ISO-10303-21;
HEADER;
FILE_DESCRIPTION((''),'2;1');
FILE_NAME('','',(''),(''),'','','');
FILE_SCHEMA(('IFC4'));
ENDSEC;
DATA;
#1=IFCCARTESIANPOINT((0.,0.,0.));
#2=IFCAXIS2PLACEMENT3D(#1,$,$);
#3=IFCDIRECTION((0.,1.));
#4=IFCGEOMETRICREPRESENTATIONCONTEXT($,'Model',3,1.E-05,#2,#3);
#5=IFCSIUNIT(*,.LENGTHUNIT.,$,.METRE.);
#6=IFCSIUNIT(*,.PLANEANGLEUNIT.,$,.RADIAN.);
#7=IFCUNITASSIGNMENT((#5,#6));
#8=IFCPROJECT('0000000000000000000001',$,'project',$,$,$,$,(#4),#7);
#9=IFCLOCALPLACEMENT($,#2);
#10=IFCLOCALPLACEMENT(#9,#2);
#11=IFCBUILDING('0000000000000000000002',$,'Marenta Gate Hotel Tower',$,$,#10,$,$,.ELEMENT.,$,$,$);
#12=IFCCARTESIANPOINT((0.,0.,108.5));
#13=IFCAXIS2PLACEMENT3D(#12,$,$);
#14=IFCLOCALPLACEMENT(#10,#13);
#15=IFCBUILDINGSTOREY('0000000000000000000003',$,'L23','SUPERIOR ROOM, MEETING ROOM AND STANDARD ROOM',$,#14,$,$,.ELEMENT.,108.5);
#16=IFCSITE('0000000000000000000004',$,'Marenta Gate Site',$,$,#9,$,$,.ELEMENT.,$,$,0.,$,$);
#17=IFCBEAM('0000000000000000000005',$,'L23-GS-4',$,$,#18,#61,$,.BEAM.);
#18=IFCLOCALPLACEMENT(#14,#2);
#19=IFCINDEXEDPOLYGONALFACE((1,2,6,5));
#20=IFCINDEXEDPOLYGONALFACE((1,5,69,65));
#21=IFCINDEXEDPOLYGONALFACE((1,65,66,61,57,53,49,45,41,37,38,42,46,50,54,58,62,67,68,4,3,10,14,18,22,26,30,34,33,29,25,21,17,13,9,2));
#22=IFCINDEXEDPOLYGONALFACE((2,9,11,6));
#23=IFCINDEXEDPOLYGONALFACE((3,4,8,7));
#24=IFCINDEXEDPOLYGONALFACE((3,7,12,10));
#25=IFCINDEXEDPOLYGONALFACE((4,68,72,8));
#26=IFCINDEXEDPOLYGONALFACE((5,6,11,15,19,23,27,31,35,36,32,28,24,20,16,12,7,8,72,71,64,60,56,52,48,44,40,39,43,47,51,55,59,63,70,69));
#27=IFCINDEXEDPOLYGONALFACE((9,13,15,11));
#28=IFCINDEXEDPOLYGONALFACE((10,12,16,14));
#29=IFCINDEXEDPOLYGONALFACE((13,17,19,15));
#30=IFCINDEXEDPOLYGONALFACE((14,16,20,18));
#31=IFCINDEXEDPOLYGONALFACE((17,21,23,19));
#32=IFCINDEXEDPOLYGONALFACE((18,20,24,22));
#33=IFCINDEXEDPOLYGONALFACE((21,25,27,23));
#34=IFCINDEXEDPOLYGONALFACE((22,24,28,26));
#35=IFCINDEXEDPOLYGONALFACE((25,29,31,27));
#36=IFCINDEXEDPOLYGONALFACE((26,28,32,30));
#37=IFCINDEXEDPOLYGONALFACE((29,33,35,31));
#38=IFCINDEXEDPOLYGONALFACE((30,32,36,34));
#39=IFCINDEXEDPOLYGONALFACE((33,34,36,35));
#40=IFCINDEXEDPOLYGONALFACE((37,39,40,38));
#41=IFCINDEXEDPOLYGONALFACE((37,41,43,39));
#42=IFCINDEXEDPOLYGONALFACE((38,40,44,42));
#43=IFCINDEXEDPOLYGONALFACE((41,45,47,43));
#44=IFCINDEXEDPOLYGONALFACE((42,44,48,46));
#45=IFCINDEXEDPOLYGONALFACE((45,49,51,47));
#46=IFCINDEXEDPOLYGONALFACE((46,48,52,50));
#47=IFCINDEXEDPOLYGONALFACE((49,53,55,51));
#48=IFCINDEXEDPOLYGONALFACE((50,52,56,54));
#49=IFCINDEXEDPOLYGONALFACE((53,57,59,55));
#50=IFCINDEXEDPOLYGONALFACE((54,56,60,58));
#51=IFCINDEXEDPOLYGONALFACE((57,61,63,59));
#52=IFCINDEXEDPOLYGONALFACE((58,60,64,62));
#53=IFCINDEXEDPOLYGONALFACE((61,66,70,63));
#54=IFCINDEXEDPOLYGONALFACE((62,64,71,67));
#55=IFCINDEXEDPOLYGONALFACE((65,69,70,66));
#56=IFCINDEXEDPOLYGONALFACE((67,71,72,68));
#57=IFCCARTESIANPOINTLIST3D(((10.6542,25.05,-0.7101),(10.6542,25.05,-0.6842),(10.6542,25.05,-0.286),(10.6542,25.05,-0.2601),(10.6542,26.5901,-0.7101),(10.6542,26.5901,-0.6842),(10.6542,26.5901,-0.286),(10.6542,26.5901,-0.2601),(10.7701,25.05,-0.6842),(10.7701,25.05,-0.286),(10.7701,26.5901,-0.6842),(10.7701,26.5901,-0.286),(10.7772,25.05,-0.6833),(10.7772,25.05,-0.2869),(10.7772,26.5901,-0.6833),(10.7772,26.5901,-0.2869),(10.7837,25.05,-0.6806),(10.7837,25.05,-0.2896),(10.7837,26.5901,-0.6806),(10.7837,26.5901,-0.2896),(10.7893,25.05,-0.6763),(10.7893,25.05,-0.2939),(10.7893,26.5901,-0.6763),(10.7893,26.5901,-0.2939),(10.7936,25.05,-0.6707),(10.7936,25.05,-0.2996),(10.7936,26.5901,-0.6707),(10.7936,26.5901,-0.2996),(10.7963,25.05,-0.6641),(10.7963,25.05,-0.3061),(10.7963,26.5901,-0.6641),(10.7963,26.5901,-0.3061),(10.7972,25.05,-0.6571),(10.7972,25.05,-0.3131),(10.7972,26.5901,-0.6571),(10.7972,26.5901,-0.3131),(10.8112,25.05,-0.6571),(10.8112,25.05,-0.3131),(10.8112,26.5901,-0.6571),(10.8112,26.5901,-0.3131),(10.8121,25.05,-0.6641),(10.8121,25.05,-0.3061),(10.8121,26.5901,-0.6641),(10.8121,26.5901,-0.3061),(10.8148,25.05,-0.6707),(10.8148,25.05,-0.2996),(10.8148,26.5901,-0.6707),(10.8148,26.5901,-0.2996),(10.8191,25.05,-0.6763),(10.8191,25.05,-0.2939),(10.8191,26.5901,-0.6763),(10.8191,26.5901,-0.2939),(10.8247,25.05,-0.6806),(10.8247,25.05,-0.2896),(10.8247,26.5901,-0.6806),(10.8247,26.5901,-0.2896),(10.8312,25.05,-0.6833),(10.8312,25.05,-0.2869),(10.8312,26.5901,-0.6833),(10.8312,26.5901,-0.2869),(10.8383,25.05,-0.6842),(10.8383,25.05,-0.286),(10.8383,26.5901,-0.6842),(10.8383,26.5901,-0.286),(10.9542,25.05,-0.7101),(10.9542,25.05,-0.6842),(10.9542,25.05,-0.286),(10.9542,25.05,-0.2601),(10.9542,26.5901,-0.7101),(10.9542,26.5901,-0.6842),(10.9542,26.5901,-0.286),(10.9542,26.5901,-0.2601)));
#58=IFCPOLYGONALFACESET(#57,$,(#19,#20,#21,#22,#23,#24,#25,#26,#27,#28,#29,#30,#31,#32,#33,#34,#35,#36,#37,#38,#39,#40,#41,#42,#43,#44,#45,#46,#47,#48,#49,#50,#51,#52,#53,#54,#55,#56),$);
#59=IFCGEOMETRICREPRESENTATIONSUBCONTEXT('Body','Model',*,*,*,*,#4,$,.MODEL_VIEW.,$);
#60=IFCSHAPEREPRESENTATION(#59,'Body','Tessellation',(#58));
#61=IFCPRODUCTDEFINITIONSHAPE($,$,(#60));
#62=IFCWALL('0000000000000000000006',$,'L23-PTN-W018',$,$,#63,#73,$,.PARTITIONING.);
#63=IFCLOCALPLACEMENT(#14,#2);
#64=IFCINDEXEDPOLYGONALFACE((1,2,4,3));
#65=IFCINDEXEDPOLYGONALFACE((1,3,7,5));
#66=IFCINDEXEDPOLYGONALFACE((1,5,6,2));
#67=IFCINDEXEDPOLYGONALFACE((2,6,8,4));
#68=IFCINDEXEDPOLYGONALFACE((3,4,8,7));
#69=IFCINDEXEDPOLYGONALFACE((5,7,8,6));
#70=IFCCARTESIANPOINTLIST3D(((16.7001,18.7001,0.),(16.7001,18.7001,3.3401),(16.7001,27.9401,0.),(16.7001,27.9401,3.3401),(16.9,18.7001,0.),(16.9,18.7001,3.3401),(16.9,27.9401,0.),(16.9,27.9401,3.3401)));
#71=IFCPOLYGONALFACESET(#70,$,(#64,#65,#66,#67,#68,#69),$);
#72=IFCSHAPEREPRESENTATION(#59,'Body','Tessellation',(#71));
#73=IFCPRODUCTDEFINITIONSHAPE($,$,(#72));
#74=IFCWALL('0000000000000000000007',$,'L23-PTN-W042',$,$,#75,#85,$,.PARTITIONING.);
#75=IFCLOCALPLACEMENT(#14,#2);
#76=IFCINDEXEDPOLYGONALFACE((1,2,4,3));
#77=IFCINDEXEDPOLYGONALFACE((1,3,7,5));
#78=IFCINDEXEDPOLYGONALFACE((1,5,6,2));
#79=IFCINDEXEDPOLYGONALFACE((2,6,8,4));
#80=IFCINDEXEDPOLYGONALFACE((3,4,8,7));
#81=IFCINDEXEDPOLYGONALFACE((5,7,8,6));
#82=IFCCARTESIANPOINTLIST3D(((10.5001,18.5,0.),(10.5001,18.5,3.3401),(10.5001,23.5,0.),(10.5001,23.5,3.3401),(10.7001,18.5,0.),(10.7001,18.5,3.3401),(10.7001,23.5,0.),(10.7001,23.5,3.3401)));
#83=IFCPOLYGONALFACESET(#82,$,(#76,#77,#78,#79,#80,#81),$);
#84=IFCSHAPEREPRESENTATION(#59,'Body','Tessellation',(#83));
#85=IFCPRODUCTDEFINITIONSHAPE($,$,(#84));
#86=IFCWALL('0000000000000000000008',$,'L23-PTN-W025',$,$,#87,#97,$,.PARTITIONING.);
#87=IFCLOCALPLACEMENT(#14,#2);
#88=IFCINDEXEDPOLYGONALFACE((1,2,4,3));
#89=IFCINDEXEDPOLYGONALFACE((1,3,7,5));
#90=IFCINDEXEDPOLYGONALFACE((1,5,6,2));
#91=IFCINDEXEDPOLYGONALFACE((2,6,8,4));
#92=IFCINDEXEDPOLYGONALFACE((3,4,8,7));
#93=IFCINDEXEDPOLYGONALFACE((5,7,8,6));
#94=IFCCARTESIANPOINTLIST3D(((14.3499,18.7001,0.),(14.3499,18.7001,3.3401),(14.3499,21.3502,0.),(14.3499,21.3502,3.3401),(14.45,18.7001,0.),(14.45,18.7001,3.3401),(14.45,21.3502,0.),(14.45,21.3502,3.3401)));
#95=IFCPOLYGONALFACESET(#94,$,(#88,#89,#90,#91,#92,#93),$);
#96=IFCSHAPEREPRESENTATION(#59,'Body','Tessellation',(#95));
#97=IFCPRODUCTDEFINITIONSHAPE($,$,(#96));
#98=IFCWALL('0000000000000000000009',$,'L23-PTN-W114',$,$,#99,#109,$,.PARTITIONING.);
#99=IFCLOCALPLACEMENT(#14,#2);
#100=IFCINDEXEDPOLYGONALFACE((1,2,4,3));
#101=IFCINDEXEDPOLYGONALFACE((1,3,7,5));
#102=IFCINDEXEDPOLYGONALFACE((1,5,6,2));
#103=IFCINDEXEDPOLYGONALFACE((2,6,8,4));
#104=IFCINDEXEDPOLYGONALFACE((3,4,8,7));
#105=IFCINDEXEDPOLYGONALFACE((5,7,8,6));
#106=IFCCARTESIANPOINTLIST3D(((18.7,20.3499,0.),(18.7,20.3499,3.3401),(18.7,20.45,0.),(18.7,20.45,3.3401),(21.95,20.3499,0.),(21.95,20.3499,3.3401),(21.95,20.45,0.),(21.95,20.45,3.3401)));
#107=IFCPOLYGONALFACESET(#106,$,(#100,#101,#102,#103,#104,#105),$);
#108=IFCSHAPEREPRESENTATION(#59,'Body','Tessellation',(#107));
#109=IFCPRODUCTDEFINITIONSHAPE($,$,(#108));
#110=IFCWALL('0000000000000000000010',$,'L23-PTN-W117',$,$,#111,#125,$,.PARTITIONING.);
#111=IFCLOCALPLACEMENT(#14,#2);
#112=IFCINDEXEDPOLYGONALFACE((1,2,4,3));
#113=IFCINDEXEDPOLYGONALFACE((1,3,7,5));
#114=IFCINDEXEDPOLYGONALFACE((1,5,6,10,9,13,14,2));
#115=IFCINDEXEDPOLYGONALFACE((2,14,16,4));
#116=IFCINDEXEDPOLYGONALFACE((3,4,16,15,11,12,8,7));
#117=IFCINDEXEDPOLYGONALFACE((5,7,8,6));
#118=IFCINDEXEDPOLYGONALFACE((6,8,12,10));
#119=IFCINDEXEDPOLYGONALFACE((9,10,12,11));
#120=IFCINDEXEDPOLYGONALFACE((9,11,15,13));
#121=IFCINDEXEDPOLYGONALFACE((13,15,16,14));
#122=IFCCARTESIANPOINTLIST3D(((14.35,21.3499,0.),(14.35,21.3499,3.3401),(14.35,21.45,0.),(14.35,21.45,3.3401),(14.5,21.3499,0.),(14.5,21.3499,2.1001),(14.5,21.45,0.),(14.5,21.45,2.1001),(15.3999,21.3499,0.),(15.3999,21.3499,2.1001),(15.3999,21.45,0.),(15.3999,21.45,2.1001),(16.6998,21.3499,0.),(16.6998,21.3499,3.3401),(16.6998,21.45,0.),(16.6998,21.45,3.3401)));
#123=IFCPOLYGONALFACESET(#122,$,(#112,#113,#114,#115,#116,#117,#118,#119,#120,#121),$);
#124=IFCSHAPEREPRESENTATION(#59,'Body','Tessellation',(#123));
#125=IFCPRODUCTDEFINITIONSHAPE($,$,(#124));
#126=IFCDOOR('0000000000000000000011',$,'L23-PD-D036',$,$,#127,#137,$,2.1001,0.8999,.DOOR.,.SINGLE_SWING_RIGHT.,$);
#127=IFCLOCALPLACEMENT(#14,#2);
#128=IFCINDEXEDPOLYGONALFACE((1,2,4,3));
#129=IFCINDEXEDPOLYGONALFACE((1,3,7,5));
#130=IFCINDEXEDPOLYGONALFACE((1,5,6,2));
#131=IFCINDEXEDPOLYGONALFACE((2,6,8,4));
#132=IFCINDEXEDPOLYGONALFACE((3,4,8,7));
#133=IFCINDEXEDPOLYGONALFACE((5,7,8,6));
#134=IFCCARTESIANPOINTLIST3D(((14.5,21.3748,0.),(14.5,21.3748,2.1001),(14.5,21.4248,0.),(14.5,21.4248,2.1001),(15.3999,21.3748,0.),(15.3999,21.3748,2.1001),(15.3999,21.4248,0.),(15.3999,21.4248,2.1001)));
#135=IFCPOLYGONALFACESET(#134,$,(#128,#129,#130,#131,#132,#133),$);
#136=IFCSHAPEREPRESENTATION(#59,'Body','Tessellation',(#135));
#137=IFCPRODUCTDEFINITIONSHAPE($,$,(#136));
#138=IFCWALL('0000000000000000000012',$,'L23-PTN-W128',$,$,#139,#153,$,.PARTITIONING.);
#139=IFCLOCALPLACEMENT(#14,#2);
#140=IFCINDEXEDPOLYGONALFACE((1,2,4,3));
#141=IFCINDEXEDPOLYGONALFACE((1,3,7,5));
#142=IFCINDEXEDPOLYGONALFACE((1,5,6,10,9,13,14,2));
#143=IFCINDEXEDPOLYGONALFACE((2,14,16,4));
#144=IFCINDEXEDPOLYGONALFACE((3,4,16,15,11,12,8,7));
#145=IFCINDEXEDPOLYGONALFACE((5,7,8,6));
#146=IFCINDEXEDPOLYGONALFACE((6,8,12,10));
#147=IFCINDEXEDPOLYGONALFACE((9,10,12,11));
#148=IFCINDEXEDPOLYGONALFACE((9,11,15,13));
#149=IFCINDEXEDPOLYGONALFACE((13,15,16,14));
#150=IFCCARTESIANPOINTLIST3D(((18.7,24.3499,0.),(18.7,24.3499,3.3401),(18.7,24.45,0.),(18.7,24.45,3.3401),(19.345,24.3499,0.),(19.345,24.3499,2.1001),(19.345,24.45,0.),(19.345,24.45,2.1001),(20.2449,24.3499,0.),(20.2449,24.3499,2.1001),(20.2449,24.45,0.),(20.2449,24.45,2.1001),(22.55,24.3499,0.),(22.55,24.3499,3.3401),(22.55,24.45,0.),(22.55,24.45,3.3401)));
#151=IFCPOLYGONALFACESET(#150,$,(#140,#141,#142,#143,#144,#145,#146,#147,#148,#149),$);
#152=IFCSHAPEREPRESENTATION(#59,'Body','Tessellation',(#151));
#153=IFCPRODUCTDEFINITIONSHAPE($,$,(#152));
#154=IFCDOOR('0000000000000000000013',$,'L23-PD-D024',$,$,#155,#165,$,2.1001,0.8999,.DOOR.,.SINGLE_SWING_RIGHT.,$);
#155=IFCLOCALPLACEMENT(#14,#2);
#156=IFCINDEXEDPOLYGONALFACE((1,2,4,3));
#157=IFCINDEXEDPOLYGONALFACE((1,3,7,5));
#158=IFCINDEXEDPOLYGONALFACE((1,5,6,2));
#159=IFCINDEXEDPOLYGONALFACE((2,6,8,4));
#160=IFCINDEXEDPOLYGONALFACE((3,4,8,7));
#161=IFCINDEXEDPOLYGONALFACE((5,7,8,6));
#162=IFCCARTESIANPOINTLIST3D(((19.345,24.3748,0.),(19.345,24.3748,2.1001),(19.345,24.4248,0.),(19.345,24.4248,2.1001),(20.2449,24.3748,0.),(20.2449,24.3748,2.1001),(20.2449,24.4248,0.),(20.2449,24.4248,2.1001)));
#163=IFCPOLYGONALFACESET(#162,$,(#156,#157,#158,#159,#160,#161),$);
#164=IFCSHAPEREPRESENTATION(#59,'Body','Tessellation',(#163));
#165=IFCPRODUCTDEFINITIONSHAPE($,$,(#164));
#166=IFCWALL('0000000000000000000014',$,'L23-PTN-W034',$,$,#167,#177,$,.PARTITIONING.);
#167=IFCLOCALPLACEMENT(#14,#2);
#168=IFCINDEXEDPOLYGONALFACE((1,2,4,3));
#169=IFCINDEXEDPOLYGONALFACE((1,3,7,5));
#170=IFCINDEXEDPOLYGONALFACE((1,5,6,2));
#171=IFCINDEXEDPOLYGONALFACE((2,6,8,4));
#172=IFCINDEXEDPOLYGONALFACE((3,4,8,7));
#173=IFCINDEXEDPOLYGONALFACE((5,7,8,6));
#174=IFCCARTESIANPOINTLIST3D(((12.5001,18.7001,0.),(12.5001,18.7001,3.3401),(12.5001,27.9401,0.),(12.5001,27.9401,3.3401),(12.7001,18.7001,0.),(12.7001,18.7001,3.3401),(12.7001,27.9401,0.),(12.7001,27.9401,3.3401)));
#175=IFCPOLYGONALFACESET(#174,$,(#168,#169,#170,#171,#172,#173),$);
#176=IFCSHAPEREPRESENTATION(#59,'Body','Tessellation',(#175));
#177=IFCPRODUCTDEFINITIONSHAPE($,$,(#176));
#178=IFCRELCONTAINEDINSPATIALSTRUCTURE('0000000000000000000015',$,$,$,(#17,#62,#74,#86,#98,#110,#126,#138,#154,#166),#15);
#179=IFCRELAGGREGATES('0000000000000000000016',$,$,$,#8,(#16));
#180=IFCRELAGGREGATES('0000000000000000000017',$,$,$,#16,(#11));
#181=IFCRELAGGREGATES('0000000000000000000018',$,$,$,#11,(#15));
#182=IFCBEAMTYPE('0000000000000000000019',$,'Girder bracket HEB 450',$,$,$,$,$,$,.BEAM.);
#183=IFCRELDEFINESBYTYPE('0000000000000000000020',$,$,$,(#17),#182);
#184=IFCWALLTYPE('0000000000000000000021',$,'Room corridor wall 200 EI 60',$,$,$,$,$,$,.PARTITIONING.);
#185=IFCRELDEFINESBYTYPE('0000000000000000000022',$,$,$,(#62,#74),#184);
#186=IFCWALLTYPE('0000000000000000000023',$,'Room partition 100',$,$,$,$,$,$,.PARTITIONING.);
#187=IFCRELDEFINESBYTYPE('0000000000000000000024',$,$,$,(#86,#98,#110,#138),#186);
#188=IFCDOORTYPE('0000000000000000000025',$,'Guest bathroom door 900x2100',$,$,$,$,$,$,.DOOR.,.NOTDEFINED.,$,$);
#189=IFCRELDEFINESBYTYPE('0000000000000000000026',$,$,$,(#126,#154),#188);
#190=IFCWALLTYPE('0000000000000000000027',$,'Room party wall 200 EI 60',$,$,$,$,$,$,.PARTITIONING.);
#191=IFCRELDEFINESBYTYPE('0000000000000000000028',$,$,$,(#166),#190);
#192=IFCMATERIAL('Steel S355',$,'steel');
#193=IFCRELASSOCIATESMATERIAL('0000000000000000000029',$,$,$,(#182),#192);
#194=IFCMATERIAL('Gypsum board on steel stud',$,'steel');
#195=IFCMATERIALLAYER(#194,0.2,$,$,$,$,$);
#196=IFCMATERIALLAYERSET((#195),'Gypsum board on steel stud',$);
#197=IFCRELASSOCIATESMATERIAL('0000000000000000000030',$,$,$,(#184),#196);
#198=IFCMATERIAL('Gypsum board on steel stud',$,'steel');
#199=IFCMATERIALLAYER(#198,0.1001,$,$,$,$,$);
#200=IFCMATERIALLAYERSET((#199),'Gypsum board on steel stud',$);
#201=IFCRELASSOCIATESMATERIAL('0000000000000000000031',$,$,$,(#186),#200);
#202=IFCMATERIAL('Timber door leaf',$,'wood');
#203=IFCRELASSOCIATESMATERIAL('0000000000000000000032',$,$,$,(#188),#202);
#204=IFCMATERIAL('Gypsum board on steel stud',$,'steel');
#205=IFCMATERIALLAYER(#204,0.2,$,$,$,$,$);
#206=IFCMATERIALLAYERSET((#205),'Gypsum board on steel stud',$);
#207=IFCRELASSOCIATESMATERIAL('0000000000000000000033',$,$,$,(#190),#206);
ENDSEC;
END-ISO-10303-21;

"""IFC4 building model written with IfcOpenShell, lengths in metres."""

from ifc_helpers import new_model, si_unit, direction, frame, frame_2d, origin, origin_2d, place, context, subcontext, project, spatial, rectangle, i_section, extrude, material, layer, layer_set, material_profile, profile_set, type_object, element, fill, save


model = new_model("IFC4")

# Units and contexts
model_context = context("Model", 3, precision=1e-05, world=origin(), true_north=direction((0.0, 1.0)))
body_context = subcontext(model_context, "Body", "Model", "MODEL_VIEW")
ifc_project = project(units=[si_unit("LENGTHUNIT", "METRE"), si_unit("PLANEANGLEUNIT", "RADIAN")], contexts=[model_context])

# Site, building, storey
site_placement = place(None, origin())
site = spatial("IfcSite", under=ifc_project, at=site_placement, Name="Marenta Gate Site", CompositionType="ELEMENT", RefElevation=0.0)
building_placement = place(site_placement, origin())
building = spatial("IfcBuilding", under=site, at=building_placement, Name="Marenta Gate Hotel Tower", CompositionType="ELEMENT")
storey_placement = place(building_placement, frame((0.0, 0.0, 108.5)))
storey = spatial("IfcBuildingStorey", under=building, at=storey_placement, Name="L23", Description="SUPERIOR ROOM, MEETING ROOM AND STANDARD ROOM", CompositionType="ELEMENT", Elevation=108.5)

# Beam
ifc_material_1 = material(Name="Steel S355", Category="steel")
ifc_material_profile_1 = material_profile(ifc_material_1, i_section(OverallWidth=0.3, OverallDepth=0.45, WebThickness=0.0139, FlangeThickness=0.0259, FilletRadius=0.0271, at=origin_2d()), Name="HEB 450")
ifc_profile_set_1 = profile_set([ifc_material_profile_1], Name="Steel S355")
beam_type_1 = type_object("IfcBeamType", Name="Girder bracket HEB 450", PredefinedType="BEAM", material=ifc_profile_set_1)
beam_1_placement = place(storey_placement, frame((10.8042, 25.05, -0.4851), z_axis=(0.0, 1.0, 0.0), x_axis=(-1.0, 0.0, 0.0)))
element("IfcBeam", 1, at=beam_1_placement, inside=storey, type_object=beam_type_1, Name="L23-GS-4", PredefinedType="BEAM", context=body_context, shape_type="SweptSolid", body=[
    extrude(i_section(OverallWidth=0.3, OverallDepth=0.45, WebThickness=0.0139, FlangeThickness=0.0259, FilletRadius=0.0271, at=origin_2d()), origin(), (0.0, 0.0, 1.0), 1.54),
])

# Walls
ifc_material_2 = material(Name="Gypsum board on steel stud", Category="steel")
ifc_layer_1 = layer(ifc_material_2, 0.2)
ifc_layer_set_1 = layer_set([ifc_layer_1], Name="Gypsum board on steel stud")
wall_type_1 = type_object("IfcWallType", Name="Room corridor wall 200 EI 60", PredefinedType="PARTITIONING", material=ifc_layer_set_1)
wall_1_placement = place(storey_placement, frame((16.8, 18.7, 0.0), z_axis=(0.0, 0.0, 1.0), x_axis=(0.0, 1.0, 0.0)))
element("IfcWall", 2, at=wall_1_placement, inside=storey, type_object=wall_type_1, Name="L23-PTN-W018", PredefinedType="PARTITIONING", context=body_context, shape_type="SweptSolid", body=[
    extrude(rectangle(XDim=9.24, YDim=0.2, at=frame_2d((4.6201, 0.0))), origin(), (0.0, 0.0, 1.0), 3.3401),
])
wall_2_placement = place(storey_placement, frame((10.6001, 18.5, 0.0), z_axis=(0.0, 0.0, 1.0), x_axis=(0.0, 1.0, 0.0)))
element("IfcWall", 3, at=wall_2_placement, inside=storey, type_object=wall_type_1, Name="L23-PTN-W042", PredefinedType="PARTITIONING", context=body_context, shape_type="SweptSolid", body=[
    extrude(rectangle(XDim=5.0, YDim=0.2, at=frame_2d((2.5, 0.0))), origin(), (0.0, 0.0, 1.0), 3.3401),
])

# Walls
ifc_material_3 = material(Name="Gypsum board on steel stud", Category="steel")
ifc_layer_2 = layer(ifc_material_3, 0.1001)
ifc_layer_set_2 = layer_set([ifc_layer_2], Name="Gypsum board on steel stud")
wall_type_2 = type_object("IfcWallType", Name="Room partition 100", PredefinedType="PARTITIONING", material=ifc_layer_set_2)
wall_3_placement = place(storey_placement, frame((14.3999, 18.7, 0.0), z_axis=(0.0, 0.0, 1.0), x_axis=(0.0, 1.0, 0.0)))
element("IfcWall", 4, at=wall_3_placement, inside=storey, type_object=wall_type_2, Name="L23-PTN-W025", PredefinedType="PARTITIONING", context=body_context, shape_type="SweptSolid", body=[
    extrude(rectangle(XDim=2.6501, YDim=0.1001, at=frame_2d((1.3252, 0.0))), origin(), (0.0, 0.0, 1.0), 3.3401),
])
wall_4_placement = place(storey_placement, frame((18.7, 20.3999, 0.0), z_axis=(0.0, 0.0, 1.0), x_axis=(1.0, 0.0, 0.0)))
element("IfcWall", 5, at=wall_4_placement, inside=storey, type_object=wall_type_2, Name="L23-PTN-W114", PredefinedType="PARTITIONING", context=body_context, shape_type="SweptSolid", body=[
    extrude(rectangle(XDim=3.25, YDim=0.1001, at=frame_2d((1.625, 0.0))), origin(), (0.0, 0.0, 1.0), 3.3401),
])

# Walls, openings, doors
wall_5_placement = place(storey_placement, frame((14.3501, 21.3999, 0.0), z_axis=(0.0, 0.0, 1.0), x_axis=(1.0, 0.0, 0.0)))
wall_5 = element("IfcWall", 6, at=wall_5_placement, inside=storey, type_object=wall_type_2, Name="L23-PTN-W117", PredefinedType="PARTITIONING", context=body_context, shape_type="SweptSolid", body=[
    extrude(rectangle(XDim=2.3499, YDim=0.1001, at=frame_2d((1.1748, 0.0))), origin(), (0.0, 0.0, 1.0), 3.3401),
])
opening_1_placement = place(wall_5_placement, frame((0.1499, 0.0, 0.0)))
opening_1 = element("IfcOpeningElement", 7, at=opening_1_placement, cuts=wall_5, PredefinedType="OPENING", context=body_context, shape_type="SweptSolid", body=[
    extrude(rectangle(XDim=0.8999, YDim=2.1001, at=frame_2d((0.45, 1.05))), frame((0.0, 0.05, 0.0), z_axis=(0.0, -1.0, 0.0), x_axis=(1.0, 0.0, 0.0)), (0.0, 0.0, 1.0), 0.1001),
])
ifc_material_4 = material(Name="Timber door leaf", Category="wood")
door_type_1 = type_object("IfcDoorType", Name="Guest bathroom door 900x2100", OperationType="NOTDEFINED", PredefinedType="DOOR", material=ifc_material_4)
door_1_placement = place(opening_1_placement, origin())
door_1 = element("IfcDoor", 8, at=door_1_placement, inside=storey, type_object=door_type_1, Name="L23-PD-D036", OperationType="SINGLE_SWING_RIGHT", OverallHeight=2.1001, OverallWidth=0.8999, PredefinedType="DOOR", context=body_context, shape_type="SweptSolid", body=[
    extrude(rectangle(XDim=0.8999, YDim=2.1001, at=frame_2d((0.45, 1.05))), frame((0.0, 0.0249, 0.0), z_axis=(0.0, -1.0, 0.0), x_axis=(1.0, 0.0, 0.0)), (0.0, 0.0, 1.0), 0.05),
])
fill(opening_1, door_1)
wall_6_placement = place(storey_placement, frame((18.7, 24.3999, 0.0), z_axis=(0.0, 0.0, 1.0), x_axis=(1.0, 0.0, 0.0)))
wall_6 = element("IfcWall", 9, at=wall_6_placement, inside=storey, type_object=wall_type_2, Name="L23-PTN-W128", PredefinedType="PARTITIONING", context=body_context, shape_type="SweptSolid", body=[
    extrude(rectangle(XDim=3.8501, YDim=0.1001, at=frame_2d((1.925, 0.0))), origin(), (0.0, 0.0, 1.0), 3.3401),
])
opening_2_placement = place(wall_6_placement, frame((0.645, 0.0, 0.0)))
opening_2 = element("IfcOpeningElement", 10, at=opening_2_placement, cuts=wall_6, PredefinedType="OPENING", context=body_context, shape_type="SweptSolid", body=[
    extrude(rectangle(XDim=0.8999, YDim=2.1001, at=frame_2d((0.45, 1.05))), frame((0.0, 0.05, 0.0), z_axis=(0.0, -1.0, 0.0), x_axis=(1.0, 0.0, 0.0)), (0.0, 0.0, 1.0), 0.1001),
])
door_2_placement = place(opening_2_placement, origin())
door_2 = element("IfcDoor", 11, at=door_2_placement, inside=storey, type_object=door_type_1, Name="L23-PD-D024", OperationType="SINGLE_SWING_RIGHT", OverallHeight=2.1001, OverallWidth=0.8999, PredefinedType="DOOR", context=body_context, shape_type="SweptSolid", body=[
    extrude(rectangle(XDim=0.8999, YDim=2.1001, at=frame_2d((0.45, 1.05))), frame((0.0, 0.0249, 0.0), z_axis=(0.0, -1.0, 0.0), x_axis=(1.0, 0.0, 0.0)), (0.0, 0.0, 1.0), 0.05),
])
fill(opening_2, door_2)

# Wall
ifc_material_5 = material(Name="Gypsum board on steel stud", Category="steel")
ifc_layer_3 = layer(ifc_material_5, 0.2)
ifc_layer_set_3 = layer_set([ifc_layer_3], Name="Gypsum board on steel stud")
wall_type_3 = type_object("IfcWallType", Name="Room party wall 200 EI 60", PredefinedType="PARTITIONING", material=ifc_layer_set_3)
wall_7_placement = place(storey_placement, frame((12.6001, 18.7, 0.0), z_axis=(0.0, 0.0, 1.0), x_axis=(0.0, 1.0, 0.0)))
element("IfcWall", 12, at=wall_7_placement, inside=storey, type_object=wall_type_3, Name="L23-PTN-W034", PredefinedType="PARTITIONING", context=body_context, shape_type="SweptSolid", body=[
    extrude(rectangle(XDim=9.24, YDim=0.2, at=frame_2d((4.6201, 0.0))), origin(), (0.0, 0.0, 1.0), 3.3401),
])

save(model, "model.ifc")
